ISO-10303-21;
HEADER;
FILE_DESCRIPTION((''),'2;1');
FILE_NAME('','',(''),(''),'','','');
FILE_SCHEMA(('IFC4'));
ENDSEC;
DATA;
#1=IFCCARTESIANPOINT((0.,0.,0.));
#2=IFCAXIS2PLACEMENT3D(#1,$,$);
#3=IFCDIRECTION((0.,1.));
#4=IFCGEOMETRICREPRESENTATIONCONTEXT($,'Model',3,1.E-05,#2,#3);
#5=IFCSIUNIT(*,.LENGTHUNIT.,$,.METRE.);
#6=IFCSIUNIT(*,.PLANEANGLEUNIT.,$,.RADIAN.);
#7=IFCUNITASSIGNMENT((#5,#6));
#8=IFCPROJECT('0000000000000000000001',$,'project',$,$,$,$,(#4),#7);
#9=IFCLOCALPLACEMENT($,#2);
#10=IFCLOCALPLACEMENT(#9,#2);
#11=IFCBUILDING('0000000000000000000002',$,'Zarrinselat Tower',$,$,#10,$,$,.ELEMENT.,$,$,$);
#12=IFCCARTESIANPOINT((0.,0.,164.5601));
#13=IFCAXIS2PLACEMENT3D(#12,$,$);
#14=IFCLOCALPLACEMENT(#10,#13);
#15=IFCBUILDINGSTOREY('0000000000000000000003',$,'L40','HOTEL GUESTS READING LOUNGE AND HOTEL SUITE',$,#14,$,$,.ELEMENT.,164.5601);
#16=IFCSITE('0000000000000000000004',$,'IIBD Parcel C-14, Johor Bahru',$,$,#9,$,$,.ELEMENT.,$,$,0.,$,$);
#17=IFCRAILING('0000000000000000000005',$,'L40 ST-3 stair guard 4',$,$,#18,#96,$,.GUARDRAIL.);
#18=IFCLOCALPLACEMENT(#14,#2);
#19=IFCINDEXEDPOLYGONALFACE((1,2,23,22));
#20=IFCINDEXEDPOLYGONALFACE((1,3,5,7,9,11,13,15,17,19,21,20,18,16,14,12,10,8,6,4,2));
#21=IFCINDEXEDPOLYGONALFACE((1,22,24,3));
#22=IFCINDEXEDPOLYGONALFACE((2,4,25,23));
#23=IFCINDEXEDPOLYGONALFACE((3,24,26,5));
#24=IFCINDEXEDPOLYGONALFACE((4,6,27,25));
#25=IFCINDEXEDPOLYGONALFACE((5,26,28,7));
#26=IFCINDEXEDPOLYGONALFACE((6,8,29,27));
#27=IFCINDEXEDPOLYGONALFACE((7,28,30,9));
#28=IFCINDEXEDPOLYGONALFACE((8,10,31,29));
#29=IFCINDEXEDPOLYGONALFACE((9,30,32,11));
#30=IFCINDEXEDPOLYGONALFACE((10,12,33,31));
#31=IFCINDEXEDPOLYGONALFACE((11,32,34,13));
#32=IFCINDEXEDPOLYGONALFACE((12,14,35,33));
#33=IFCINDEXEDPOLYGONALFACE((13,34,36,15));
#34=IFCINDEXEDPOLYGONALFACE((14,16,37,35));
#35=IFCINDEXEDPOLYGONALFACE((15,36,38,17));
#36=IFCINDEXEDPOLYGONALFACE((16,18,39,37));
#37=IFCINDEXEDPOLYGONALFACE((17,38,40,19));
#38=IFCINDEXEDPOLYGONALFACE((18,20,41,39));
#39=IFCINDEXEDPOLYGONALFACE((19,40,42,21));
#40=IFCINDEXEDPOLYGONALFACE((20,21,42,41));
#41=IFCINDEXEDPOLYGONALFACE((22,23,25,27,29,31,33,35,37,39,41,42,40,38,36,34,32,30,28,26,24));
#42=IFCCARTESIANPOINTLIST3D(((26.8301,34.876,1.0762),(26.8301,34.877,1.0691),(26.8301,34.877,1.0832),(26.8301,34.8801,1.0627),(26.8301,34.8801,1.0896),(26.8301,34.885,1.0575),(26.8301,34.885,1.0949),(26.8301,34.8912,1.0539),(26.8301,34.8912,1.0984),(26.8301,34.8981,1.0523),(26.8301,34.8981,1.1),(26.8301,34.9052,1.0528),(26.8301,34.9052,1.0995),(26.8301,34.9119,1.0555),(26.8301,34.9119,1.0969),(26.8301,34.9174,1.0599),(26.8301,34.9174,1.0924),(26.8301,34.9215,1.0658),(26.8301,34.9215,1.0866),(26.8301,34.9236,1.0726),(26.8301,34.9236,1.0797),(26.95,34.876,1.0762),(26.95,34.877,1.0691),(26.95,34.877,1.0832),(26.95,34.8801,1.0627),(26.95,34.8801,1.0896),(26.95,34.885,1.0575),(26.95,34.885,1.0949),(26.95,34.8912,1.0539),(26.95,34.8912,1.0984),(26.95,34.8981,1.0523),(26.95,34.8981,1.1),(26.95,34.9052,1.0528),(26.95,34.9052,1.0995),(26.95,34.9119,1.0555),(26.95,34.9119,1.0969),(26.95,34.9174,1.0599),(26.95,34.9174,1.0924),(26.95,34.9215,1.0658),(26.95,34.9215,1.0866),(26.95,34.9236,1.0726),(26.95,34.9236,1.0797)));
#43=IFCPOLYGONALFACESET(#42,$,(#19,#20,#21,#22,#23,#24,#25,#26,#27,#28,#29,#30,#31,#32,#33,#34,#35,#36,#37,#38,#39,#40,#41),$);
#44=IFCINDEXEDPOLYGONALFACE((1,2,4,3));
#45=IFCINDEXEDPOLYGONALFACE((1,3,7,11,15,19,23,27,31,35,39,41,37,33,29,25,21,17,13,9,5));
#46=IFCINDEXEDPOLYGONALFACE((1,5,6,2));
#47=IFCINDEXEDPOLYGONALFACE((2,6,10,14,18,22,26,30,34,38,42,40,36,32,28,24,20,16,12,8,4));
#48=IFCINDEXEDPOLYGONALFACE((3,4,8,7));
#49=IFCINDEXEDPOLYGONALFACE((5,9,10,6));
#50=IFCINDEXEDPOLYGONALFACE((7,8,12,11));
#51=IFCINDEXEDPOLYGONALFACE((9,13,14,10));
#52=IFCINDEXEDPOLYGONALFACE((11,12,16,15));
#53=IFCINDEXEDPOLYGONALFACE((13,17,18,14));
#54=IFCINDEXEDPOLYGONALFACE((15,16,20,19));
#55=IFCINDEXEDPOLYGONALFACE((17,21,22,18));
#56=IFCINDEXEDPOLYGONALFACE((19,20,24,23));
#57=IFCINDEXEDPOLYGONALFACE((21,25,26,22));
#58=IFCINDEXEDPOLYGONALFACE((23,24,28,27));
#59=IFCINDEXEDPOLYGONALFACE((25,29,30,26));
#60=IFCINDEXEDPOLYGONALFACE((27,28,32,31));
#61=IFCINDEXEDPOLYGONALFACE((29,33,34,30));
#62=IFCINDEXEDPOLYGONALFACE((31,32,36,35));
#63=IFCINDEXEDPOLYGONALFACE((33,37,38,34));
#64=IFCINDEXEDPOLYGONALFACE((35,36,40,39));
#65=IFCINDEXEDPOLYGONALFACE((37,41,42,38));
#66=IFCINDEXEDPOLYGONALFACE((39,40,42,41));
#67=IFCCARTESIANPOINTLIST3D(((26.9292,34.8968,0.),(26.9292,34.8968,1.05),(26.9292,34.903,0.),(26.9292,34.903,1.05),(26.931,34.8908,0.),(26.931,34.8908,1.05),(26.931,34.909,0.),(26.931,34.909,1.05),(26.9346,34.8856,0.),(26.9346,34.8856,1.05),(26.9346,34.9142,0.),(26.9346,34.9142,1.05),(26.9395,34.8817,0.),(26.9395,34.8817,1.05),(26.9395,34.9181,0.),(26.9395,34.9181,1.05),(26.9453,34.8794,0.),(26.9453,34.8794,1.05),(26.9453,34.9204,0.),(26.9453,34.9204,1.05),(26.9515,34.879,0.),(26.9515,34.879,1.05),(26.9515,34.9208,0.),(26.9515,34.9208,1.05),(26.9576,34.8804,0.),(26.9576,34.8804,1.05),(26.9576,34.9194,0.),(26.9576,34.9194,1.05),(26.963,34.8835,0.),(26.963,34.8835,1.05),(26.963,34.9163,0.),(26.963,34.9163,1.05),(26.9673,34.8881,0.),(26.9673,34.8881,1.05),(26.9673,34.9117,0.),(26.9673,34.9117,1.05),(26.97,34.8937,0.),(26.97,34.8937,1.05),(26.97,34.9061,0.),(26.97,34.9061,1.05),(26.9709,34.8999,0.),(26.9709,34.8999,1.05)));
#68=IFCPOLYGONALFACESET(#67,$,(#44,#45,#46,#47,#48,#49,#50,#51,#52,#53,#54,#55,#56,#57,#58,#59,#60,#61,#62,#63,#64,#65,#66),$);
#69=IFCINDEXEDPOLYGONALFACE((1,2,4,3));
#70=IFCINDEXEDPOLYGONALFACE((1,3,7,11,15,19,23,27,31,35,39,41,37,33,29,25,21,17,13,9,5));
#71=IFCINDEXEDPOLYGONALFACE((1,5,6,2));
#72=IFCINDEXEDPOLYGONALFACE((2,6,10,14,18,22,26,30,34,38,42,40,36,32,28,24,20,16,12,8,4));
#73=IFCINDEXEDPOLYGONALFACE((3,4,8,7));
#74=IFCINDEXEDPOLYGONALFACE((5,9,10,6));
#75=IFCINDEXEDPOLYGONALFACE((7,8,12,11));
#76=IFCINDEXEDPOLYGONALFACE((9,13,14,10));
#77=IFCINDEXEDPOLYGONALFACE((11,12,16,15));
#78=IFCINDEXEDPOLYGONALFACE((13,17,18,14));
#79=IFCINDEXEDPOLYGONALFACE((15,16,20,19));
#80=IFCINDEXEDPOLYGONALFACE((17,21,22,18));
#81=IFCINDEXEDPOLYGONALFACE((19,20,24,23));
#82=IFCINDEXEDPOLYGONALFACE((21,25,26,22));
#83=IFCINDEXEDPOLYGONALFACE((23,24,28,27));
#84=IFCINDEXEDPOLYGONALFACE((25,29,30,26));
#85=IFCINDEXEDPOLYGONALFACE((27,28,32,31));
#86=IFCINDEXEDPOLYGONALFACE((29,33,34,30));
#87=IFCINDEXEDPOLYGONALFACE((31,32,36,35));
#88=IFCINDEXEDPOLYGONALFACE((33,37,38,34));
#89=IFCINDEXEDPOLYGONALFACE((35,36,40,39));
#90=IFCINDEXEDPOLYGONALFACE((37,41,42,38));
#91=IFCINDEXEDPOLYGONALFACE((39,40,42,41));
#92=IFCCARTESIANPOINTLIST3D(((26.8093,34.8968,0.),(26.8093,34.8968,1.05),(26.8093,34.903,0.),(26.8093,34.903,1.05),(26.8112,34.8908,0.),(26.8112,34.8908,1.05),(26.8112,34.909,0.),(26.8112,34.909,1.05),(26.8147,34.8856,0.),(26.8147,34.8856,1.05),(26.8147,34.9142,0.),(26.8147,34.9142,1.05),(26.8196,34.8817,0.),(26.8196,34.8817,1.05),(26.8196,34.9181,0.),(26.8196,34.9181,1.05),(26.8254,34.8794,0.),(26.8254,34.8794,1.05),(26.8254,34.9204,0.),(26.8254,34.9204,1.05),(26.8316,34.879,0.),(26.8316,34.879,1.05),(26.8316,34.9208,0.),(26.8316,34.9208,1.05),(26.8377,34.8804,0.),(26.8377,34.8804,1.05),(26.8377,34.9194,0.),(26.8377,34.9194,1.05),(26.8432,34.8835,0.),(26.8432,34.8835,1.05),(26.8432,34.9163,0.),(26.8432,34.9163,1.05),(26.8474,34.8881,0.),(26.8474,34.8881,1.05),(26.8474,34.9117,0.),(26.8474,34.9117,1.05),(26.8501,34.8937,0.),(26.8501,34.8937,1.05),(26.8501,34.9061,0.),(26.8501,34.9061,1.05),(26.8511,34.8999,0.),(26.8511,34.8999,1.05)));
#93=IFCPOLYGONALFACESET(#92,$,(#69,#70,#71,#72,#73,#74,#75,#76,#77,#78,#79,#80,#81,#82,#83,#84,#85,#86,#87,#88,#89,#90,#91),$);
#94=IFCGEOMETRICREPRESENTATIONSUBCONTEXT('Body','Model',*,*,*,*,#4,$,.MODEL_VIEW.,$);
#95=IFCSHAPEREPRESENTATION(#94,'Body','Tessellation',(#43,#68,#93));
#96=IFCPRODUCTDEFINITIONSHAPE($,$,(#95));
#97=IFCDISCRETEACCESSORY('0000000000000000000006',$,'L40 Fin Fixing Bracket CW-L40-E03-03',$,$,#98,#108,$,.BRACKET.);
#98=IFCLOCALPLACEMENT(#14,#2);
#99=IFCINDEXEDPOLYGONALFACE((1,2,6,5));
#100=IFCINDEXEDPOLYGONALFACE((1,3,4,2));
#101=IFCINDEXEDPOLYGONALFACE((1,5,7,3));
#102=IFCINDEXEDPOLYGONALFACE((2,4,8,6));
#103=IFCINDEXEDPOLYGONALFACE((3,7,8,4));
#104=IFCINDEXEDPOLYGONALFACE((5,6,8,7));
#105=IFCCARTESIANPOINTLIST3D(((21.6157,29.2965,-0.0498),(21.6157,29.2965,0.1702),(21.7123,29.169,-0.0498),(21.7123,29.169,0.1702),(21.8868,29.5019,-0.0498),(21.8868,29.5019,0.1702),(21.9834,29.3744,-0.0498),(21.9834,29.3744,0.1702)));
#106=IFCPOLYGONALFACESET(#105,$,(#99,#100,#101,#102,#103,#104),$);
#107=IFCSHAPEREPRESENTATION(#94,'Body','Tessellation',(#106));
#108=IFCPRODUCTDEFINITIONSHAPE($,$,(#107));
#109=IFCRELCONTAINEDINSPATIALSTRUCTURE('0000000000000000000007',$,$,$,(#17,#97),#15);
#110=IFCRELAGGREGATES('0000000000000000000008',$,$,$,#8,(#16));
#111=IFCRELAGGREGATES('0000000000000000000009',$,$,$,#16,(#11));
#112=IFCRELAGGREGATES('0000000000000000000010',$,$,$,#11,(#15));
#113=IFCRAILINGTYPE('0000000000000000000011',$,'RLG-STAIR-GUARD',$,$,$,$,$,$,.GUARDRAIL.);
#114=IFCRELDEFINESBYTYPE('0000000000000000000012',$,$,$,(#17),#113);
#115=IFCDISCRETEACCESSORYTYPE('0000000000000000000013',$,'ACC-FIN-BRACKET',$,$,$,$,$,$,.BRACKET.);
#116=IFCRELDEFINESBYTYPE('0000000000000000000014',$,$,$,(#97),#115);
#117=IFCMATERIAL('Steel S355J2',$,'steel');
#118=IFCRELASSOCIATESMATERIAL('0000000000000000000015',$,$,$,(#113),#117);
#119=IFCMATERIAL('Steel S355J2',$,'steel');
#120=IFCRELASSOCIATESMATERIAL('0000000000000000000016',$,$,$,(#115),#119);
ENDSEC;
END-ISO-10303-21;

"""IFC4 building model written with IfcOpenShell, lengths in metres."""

from ifc_helpers import new_model, si_unit, direction, frame, origin, origin_2d, place, context, subcontext, project, spatial, rectangle, circle, extrude, material, type_object, element, save


model = new_model("IFC4")

# Units and contexts
model_context = context("Model", 3, precision=1e-05, world=origin(), true_north=direction((0.0, 1.0)))
body_context = subcontext(model_context, "Body", "Model", "MODEL_VIEW")
ifc_project = project(units=[si_unit("LENGTHUNIT", "METRE"), si_unit("PLANEANGLEUNIT", "RADIAN")], contexts=[model_context])

# Site, building, storey
site_placement = place(None, origin())
site = spatial("IfcSite", under=ifc_project, at=site_placement, Name="IIBD Parcel C-14, Johor Bahru", CompositionType="ELEMENT", RefElevation=0.0)
building_placement = place(site_placement, origin())
building = spatial("IfcBuilding", under=site, at=building_placement, Name="Zarrinselat Tower", CompositionType="ELEMENT")
storey_placement = place(building_placement, frame((0.0, 0.0, 164.5601)))
storey = spatial("IfcBuildingStorey", under=building, at=storey_placement, Name="L40", Description="HOTEL GUESTS READING LOUNGE AND HOTEL SUITE", CompositionType="ELEMENT", Elevation=164.5601)

# Railing
ifc_material_1 = material(Name="Steel S355J2", Category="steel")
railing_type = type_object("IfcRailingType", Name="RLG-STAIR-GUARD", PredefinedType="GUARDRAIL", material=ifc_material_1)
railing_1_placement = place(storey_placement, frame((26.95, 34.8999, 0.0)))
element("IfcRailing", 1, at=railing_1_placement, inside=storey, type_object=railing_type, Name="L40 ST-3 stair guard 4", PredefinedType="GUARDRAIL", context=body_context, shape_type="SweptSolid", body=[
    extrude(circle(Radius=0.0239, at=origin_2d()), frame((0.0, 0.0, 1.0762), z_axis=(-1.0, 0.0, 0.0), x_axis=(0.0, -1.0, 0.0)), (0.0, 0.0, 1.0), 0.1199),
    extrude(circle(Radius=0.021, at=origin_2d()), origin(), (0.0, 0.0, 1.0), 1.05),
    extrude(circle(Radius=0.021, at=origin_2d()), frame((-0.1199, 0.0, 0.0)), (0.0, 0.0, 1.0), 1.05),
])

# Discrete accessory
ifc_material_2 = material(Name="Steel S355J2", Category="steel")
discrete_accessory_type = type_object("IfcDiscreteAccessoryType", Name="ACC-FIN-BRACKET", PredefinedType="BRACKET", material=ifc_material_2)
discrete_accessory_placement = place(storey_placement, frame((21.7996, 29.3354, -0.0498), z_axis=(0.0, 0.0, 1.0), x_axis=(-0.797092, -0.603858, 0.0)))
element("IfcDiscreteAccessory", 2, at=discrete_accessory_placement, inside=storey, type_object=discrete_accessory_type, Name="L40 Fin Fixing Bracket CW-L40-E03-03", PredefinedType="BRACKET", context=body_context, shape_type="SweptSolid", body=[
    extrude(rectangle(XDim=0.3401, YDim=0.1599, at=origin_2d()), origin(), (0.0, 0.0, 1.0), 0.22),
])

save(model, "model.ifc")
